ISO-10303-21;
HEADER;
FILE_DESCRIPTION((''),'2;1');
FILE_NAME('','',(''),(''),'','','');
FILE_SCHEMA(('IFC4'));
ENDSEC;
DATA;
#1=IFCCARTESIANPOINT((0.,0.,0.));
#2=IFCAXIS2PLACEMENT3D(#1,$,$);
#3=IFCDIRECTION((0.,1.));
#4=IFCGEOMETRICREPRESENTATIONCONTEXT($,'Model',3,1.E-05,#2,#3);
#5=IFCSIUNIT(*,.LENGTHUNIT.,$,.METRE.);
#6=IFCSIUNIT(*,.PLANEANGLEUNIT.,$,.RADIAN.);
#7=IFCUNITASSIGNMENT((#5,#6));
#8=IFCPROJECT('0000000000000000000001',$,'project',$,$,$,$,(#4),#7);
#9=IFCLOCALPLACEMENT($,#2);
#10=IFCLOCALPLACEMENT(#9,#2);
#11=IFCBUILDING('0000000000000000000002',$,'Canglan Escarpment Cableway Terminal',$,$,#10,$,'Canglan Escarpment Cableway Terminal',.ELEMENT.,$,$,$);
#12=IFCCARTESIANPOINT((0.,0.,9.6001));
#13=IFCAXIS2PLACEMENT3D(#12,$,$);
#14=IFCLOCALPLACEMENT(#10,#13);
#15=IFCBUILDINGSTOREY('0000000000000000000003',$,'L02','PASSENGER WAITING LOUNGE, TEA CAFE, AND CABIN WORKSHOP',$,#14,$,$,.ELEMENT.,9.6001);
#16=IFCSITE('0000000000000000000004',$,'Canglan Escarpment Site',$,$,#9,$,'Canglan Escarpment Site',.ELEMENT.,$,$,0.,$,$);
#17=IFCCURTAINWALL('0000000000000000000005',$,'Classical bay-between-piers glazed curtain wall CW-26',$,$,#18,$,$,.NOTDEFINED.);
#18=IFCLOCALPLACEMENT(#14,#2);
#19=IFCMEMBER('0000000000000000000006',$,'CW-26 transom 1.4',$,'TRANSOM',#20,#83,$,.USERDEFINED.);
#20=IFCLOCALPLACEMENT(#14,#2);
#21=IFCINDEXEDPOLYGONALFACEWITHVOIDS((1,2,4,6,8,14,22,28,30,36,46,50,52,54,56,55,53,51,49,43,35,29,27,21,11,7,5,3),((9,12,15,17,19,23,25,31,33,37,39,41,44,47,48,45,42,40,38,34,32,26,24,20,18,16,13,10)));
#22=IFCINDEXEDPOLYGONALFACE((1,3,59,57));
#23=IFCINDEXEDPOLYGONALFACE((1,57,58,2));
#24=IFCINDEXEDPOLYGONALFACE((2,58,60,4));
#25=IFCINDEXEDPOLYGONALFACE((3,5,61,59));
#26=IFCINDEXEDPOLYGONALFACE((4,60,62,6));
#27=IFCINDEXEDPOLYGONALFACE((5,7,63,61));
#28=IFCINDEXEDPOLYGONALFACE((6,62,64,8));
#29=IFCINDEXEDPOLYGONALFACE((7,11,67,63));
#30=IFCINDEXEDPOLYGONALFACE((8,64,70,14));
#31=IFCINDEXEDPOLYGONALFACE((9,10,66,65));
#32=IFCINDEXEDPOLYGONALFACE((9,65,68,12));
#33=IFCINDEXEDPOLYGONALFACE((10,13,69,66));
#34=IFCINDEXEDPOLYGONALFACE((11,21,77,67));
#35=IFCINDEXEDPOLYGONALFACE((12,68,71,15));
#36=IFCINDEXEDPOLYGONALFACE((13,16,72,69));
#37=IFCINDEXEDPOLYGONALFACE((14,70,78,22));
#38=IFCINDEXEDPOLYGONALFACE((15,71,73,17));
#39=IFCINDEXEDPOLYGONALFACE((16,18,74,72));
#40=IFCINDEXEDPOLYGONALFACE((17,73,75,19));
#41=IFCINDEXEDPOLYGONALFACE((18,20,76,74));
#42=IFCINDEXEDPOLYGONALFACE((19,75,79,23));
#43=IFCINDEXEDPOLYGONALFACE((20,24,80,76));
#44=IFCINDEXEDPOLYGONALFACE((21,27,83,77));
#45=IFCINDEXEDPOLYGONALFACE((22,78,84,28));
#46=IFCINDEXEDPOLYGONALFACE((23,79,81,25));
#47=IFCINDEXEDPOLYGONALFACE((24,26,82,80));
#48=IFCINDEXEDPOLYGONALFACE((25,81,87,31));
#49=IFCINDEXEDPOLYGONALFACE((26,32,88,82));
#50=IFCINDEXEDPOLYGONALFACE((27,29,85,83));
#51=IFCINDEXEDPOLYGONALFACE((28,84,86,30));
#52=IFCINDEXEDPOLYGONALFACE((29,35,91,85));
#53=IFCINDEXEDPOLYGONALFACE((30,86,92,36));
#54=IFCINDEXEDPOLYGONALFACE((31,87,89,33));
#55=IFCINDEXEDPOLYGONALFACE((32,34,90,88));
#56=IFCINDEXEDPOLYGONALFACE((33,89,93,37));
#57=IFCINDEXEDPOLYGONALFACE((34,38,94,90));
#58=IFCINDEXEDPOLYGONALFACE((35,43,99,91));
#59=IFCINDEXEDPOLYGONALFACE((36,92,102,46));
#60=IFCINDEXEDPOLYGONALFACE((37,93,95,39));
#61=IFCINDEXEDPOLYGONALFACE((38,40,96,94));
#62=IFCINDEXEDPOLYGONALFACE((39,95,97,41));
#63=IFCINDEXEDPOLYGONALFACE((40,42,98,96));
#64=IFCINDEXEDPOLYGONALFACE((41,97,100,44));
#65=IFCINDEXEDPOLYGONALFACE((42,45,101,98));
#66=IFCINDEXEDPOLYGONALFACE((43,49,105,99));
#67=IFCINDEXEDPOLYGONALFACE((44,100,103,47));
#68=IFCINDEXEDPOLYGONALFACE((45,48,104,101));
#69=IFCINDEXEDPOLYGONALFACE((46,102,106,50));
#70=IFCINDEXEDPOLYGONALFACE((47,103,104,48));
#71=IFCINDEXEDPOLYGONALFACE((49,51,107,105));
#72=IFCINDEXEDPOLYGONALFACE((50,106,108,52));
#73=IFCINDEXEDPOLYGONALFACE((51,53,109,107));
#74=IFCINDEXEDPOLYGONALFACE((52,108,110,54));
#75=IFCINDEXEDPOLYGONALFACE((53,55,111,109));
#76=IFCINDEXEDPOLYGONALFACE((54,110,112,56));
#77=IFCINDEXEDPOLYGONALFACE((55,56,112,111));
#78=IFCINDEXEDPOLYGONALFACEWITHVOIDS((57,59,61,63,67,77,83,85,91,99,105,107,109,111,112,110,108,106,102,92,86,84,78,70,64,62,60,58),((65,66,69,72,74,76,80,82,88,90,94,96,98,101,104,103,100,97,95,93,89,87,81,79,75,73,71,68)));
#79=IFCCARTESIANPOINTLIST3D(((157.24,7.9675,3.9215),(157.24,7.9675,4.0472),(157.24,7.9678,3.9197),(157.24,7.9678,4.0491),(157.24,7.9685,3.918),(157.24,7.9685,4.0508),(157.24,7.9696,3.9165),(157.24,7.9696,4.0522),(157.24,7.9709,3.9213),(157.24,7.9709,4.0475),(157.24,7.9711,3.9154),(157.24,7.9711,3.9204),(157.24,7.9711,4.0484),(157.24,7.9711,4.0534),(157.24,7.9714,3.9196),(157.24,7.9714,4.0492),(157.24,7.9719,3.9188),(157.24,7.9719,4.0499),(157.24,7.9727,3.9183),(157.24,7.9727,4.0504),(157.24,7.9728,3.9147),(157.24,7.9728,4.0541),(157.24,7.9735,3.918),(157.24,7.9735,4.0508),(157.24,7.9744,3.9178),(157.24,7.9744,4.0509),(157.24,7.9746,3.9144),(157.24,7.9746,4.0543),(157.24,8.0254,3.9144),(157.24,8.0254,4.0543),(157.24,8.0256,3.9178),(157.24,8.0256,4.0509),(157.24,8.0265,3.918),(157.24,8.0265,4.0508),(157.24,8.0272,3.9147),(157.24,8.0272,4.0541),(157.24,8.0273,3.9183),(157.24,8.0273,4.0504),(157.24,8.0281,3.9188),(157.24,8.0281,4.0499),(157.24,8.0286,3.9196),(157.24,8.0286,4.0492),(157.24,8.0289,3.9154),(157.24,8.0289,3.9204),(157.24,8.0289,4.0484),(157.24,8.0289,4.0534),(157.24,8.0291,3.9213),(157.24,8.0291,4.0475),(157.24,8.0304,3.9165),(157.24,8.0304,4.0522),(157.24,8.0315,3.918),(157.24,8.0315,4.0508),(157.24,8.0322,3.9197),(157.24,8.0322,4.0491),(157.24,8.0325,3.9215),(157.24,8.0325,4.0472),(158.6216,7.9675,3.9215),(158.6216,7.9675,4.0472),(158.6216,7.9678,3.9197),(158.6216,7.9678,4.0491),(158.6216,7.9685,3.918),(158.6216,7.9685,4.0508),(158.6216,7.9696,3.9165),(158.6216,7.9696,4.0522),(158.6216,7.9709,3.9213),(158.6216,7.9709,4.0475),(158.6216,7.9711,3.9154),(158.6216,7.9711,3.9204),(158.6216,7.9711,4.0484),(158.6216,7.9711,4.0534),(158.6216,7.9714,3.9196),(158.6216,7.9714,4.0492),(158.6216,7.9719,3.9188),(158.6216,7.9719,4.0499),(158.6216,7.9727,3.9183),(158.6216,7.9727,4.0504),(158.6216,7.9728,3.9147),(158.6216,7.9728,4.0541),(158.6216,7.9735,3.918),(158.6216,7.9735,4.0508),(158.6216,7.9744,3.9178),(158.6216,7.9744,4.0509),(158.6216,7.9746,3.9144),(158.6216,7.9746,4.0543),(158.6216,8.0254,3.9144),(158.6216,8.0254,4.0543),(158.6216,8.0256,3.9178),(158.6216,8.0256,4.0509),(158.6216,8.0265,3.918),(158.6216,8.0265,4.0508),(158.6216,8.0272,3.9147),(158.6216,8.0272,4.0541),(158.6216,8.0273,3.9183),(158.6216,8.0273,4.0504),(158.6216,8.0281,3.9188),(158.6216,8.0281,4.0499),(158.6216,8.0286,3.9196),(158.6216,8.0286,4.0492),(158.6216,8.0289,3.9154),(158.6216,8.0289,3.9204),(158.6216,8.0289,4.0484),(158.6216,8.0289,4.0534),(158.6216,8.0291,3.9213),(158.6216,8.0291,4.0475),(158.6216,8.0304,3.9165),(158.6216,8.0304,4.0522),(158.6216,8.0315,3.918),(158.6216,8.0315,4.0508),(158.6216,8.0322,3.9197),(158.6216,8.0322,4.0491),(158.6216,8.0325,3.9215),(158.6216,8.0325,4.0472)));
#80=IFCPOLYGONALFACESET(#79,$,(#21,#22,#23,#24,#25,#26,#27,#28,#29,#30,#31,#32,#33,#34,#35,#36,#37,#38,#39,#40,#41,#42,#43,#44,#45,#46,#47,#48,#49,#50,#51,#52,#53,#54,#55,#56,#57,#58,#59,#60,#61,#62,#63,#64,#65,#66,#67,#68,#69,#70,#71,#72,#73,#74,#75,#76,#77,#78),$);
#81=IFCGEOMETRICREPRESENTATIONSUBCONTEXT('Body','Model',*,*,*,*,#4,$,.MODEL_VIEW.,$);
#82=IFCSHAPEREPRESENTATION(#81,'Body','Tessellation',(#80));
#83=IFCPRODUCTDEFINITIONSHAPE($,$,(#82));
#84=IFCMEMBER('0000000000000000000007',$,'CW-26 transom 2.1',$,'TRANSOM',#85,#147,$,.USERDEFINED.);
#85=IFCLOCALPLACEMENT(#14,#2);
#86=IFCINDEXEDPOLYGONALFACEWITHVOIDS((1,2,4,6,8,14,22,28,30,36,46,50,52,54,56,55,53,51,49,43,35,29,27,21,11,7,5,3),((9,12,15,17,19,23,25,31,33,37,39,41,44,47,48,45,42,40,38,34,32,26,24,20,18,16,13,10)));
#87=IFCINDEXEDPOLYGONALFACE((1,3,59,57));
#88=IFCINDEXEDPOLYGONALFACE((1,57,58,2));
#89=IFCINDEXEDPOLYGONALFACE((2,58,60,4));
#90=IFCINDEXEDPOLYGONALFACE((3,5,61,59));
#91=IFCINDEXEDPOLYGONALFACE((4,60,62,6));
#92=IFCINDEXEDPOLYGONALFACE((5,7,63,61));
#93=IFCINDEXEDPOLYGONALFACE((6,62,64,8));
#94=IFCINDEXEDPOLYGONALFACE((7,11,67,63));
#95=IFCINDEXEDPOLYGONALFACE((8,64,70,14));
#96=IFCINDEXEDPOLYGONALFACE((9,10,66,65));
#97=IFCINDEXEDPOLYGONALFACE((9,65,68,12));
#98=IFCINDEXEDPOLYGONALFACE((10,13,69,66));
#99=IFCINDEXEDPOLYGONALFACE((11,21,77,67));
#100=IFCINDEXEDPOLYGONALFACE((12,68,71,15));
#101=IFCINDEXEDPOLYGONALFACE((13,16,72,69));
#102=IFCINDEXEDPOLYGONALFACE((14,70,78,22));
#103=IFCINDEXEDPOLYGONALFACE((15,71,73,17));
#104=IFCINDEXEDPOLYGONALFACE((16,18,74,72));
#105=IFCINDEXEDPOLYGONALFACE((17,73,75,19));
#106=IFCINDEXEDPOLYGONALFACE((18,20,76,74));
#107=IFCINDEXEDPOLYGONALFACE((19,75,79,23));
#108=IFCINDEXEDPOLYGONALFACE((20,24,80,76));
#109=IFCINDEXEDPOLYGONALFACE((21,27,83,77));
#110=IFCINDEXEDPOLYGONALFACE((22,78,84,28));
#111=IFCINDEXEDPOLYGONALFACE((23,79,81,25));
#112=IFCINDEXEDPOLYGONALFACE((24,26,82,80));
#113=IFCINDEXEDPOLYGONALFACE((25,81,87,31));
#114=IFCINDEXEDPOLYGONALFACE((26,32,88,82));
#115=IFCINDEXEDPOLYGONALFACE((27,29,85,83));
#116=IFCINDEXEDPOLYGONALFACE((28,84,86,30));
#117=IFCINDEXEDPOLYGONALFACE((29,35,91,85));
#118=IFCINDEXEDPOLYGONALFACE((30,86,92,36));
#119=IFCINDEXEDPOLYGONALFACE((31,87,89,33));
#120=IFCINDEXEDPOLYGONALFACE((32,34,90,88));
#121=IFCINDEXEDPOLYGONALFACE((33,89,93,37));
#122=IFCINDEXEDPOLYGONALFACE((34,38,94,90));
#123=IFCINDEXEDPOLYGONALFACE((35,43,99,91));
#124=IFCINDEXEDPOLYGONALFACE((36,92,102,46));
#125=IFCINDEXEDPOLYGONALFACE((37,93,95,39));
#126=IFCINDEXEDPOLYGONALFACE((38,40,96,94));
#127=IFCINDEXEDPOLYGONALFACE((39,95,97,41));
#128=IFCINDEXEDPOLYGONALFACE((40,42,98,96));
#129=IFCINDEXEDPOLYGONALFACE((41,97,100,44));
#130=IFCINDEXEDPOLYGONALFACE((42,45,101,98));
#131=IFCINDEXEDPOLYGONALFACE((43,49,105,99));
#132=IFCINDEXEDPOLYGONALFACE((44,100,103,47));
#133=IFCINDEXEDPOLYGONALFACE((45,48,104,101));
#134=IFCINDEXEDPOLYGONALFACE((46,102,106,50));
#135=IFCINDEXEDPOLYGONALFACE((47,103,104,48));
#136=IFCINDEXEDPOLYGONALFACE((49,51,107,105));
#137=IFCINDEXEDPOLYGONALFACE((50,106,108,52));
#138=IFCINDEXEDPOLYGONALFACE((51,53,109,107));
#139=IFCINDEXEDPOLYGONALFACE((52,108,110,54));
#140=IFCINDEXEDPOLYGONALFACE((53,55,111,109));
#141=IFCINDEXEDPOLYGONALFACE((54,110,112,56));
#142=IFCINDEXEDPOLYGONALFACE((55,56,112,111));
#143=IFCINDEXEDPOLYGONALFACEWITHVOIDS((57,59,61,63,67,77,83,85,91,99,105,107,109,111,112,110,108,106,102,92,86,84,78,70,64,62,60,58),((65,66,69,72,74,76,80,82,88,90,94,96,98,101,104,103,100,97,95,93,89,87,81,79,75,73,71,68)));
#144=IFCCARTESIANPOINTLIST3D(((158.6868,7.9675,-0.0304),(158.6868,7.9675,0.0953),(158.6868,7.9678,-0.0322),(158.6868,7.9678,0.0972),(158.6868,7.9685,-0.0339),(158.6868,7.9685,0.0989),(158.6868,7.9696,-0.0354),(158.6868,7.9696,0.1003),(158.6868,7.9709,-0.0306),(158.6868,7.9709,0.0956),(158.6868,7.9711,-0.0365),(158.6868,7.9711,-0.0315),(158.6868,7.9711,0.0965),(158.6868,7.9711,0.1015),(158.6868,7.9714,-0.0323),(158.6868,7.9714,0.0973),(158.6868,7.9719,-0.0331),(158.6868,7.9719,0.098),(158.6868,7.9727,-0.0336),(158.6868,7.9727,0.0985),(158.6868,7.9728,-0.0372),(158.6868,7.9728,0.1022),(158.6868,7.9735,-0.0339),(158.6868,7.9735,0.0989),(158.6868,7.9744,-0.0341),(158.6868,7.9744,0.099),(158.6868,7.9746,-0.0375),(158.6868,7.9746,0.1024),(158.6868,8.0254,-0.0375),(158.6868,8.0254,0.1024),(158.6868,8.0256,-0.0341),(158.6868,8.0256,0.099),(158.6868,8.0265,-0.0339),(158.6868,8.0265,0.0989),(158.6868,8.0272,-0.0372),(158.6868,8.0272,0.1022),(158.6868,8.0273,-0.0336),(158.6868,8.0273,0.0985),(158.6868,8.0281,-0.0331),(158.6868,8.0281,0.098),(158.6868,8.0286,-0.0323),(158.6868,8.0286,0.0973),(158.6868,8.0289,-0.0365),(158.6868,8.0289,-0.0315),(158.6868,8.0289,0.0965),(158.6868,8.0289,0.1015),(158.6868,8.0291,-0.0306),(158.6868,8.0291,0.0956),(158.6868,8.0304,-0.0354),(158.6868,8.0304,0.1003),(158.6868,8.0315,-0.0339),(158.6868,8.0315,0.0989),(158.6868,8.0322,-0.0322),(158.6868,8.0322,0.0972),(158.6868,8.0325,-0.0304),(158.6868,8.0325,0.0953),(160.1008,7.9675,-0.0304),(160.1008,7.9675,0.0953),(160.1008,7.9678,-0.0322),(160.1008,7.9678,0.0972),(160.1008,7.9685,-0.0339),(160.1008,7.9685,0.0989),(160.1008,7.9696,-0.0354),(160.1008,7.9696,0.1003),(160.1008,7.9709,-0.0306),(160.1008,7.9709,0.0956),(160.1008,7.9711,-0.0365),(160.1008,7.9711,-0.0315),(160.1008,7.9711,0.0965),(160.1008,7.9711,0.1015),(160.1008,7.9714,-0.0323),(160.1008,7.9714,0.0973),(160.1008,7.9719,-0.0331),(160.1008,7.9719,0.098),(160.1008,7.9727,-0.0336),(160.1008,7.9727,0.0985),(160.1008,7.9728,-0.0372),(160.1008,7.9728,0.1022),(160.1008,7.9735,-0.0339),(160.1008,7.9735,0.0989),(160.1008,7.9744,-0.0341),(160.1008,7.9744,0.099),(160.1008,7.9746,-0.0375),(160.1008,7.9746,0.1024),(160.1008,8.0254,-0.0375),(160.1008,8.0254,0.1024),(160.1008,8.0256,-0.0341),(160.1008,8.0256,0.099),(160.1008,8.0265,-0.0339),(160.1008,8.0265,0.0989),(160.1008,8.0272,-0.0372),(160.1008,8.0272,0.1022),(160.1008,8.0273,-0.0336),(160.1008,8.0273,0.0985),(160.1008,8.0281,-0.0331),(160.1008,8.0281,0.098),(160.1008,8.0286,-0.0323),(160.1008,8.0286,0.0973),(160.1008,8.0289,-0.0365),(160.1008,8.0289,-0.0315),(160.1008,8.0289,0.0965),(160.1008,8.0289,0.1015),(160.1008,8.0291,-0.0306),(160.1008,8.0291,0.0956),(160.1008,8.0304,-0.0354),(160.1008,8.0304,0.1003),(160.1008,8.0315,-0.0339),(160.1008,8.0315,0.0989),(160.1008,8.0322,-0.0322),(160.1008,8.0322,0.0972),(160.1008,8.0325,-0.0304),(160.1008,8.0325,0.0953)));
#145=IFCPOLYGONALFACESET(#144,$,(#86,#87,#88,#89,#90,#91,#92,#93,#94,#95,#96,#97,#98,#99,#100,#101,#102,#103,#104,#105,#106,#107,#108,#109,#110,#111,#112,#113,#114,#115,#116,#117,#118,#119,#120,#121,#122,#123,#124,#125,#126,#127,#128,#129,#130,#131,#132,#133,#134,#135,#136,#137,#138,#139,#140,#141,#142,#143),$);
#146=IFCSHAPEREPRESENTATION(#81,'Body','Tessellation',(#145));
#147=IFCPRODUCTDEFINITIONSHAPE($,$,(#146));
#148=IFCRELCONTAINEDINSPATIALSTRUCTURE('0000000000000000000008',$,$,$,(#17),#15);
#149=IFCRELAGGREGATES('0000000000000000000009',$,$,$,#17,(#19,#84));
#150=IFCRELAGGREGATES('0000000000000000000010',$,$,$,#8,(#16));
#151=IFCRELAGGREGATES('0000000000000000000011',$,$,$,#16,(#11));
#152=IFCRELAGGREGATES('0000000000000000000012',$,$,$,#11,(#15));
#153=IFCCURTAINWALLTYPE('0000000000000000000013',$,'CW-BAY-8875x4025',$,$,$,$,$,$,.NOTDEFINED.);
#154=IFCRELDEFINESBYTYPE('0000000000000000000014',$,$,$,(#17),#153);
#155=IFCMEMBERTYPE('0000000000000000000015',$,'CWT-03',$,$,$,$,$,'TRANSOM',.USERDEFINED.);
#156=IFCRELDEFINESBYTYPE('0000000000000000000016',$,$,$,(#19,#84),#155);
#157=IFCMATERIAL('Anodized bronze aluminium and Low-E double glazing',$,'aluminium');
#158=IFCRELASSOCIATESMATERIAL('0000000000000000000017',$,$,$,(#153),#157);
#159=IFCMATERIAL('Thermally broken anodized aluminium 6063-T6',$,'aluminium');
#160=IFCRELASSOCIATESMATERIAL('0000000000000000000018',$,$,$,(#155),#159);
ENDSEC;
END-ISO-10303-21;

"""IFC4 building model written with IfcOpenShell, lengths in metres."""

from ifc_helpers import new_model, si_unit, direction, frame, origin, origin_2d, place, context, subcontext, project, spatial, hollow_rectangle, extrude, material, material_profile, profile_set, type_object, element, aggregate, save


model = new_model("IFC4")

# Units and contexts
model_context = context("Model", 3, precision=1e-05, world=origin(), true_north=direction((0.0, 1.0)))
body_context = subcontext(model_context, "Body", "Model", "MODEL_VIEW")
ifc_project = project(units=[si_unit("LENGTHUNIT", "METRE"), si_unit("PLANEANGLEUNIT", "RADIAN")], contexts=[model_context])

# Site, building, storey
site_placement = place(None, origin())
site = spatial("IfcSite", under=ifc_project, at=site_placement, Name="Canglan Escarpment Site", LongName="Canglan Escarpment Site", CompositionType="ELEMENT", RefElevation=0.0)
building_placement = place(site_placement, origin())
building = spatial("IfcBuilding", under=site, at=building_placement, Name="Canglan Escarpment Cableway Terminal", LongName="Canglan Escarpment Cableway Terminal", CompositionType="ELEMENT")
storey_placement = place(building_placement, frame((0.0, 0.0, 9.6001)))
storey = spatial("IfcBuildingStorey", under=building, at=storey_placement, Name="L02", Description="PASSENGER WAITING LOUNGE, TEA CAFE, AND CABIN WORKSHOP", CompositionType="ELEMENT", Elevation=9.6001)

# Curtain wall
ifc_material_1 = material(Name="Anodized bronze aluminium and Low-E double glazing", Category="aluminium")
curtain_wall_type = type_object("IfcCurtainWallType", Name="CW-BAY-8875x4025", PredefinedType="NOTDEFINED", material=ifc_material_1)
ifc_material_2 = material(Name="Thermally broken anodized aluminium 6063-T6", Category="aluminium")
curtain_wall_1_placement = place(storey_placement, origin())
curtain_wall_1 = element("IfcCurtainWall", 1, at=curtain_wall_1_placement, inside=storey, type_object=curtain_wall_type, Name="Classical bay-between-piers glazed curtain wall CW-26", PredefinedType="NOTDEFINED")

# Members
ifc_material_profile_1 = material_profile(ifc_material_2, hollow_rectangle(XDim=0.0649, YDim=0.1399, WallThickness=0.0034, InnerFilletRadius=0.0034, OuterFilletRadius=0.0071, at=origin_2d()), Name="ALU-TRAN 65x140x3.5")
ifc_profile_set_1 = profile_set([ifc_material_profile_1], Name="Thermally broken anodized aluminium 6063-T6")
member_type_1 = type_object("IfcMemberType", Name="CWT-03", ElementType="TRANSOM", PredefinedType="USERDEFINED", material=ifc_profile_set_1)
member_1_placement = place(storey_placement, frame((157.24, 8.0, 3.9844), z_axis=(1.0, 0.0, 0.0), x_axis=(0.0, 1.0, 0.0)))
member_1 = element("IfcMember", 2, at=member_1_placement, type_object=member_type_1, Name="CW-26 transom 1.4", ObjectType="TRANSOM", PredefinedType="USERDEFINED", context=body_context, shape_type="SweptSolid", body=[
    extrude(hollow_rectangle(XDim=0.0649, YDim=0.1399, WallThickness=0.0034, InnerFilletRadius=0.0034, OuterFilletRadius=0.0071, at=origin_2d()), origin(), (0.0, 0.0, 1.0), 1.3816),
])
member_2_placement = place(storey_placement, frame((158.6868, 8.0, 0.0325), z_axis=(1.0, 0.0, 0.0), x_axis=(0.0, 1.0, 0.0)))
member_2 = element("IfcMember", 3, at=member_2_placement, type_object=member_type_1, Name="CW-26 transom 2.1", ObjectType="TRANSOM", PredefinedType="USERDEFINED", context=body_context, shape_type="SweptSolid", body=[
    extrude(hollow_rectangle(XDim=0.0649, YDim=0.1399, WallThickness=0.0034, InnerFilletRadius=0.0034, OuterFilletRadius=0.0071, at=origin_2d()), origin(), (0.0, 0.0, 1.0), 1.4141),
])

aggregate(curtain_wall_1, [member_1, member_2])

save(model, "model.ifc")
